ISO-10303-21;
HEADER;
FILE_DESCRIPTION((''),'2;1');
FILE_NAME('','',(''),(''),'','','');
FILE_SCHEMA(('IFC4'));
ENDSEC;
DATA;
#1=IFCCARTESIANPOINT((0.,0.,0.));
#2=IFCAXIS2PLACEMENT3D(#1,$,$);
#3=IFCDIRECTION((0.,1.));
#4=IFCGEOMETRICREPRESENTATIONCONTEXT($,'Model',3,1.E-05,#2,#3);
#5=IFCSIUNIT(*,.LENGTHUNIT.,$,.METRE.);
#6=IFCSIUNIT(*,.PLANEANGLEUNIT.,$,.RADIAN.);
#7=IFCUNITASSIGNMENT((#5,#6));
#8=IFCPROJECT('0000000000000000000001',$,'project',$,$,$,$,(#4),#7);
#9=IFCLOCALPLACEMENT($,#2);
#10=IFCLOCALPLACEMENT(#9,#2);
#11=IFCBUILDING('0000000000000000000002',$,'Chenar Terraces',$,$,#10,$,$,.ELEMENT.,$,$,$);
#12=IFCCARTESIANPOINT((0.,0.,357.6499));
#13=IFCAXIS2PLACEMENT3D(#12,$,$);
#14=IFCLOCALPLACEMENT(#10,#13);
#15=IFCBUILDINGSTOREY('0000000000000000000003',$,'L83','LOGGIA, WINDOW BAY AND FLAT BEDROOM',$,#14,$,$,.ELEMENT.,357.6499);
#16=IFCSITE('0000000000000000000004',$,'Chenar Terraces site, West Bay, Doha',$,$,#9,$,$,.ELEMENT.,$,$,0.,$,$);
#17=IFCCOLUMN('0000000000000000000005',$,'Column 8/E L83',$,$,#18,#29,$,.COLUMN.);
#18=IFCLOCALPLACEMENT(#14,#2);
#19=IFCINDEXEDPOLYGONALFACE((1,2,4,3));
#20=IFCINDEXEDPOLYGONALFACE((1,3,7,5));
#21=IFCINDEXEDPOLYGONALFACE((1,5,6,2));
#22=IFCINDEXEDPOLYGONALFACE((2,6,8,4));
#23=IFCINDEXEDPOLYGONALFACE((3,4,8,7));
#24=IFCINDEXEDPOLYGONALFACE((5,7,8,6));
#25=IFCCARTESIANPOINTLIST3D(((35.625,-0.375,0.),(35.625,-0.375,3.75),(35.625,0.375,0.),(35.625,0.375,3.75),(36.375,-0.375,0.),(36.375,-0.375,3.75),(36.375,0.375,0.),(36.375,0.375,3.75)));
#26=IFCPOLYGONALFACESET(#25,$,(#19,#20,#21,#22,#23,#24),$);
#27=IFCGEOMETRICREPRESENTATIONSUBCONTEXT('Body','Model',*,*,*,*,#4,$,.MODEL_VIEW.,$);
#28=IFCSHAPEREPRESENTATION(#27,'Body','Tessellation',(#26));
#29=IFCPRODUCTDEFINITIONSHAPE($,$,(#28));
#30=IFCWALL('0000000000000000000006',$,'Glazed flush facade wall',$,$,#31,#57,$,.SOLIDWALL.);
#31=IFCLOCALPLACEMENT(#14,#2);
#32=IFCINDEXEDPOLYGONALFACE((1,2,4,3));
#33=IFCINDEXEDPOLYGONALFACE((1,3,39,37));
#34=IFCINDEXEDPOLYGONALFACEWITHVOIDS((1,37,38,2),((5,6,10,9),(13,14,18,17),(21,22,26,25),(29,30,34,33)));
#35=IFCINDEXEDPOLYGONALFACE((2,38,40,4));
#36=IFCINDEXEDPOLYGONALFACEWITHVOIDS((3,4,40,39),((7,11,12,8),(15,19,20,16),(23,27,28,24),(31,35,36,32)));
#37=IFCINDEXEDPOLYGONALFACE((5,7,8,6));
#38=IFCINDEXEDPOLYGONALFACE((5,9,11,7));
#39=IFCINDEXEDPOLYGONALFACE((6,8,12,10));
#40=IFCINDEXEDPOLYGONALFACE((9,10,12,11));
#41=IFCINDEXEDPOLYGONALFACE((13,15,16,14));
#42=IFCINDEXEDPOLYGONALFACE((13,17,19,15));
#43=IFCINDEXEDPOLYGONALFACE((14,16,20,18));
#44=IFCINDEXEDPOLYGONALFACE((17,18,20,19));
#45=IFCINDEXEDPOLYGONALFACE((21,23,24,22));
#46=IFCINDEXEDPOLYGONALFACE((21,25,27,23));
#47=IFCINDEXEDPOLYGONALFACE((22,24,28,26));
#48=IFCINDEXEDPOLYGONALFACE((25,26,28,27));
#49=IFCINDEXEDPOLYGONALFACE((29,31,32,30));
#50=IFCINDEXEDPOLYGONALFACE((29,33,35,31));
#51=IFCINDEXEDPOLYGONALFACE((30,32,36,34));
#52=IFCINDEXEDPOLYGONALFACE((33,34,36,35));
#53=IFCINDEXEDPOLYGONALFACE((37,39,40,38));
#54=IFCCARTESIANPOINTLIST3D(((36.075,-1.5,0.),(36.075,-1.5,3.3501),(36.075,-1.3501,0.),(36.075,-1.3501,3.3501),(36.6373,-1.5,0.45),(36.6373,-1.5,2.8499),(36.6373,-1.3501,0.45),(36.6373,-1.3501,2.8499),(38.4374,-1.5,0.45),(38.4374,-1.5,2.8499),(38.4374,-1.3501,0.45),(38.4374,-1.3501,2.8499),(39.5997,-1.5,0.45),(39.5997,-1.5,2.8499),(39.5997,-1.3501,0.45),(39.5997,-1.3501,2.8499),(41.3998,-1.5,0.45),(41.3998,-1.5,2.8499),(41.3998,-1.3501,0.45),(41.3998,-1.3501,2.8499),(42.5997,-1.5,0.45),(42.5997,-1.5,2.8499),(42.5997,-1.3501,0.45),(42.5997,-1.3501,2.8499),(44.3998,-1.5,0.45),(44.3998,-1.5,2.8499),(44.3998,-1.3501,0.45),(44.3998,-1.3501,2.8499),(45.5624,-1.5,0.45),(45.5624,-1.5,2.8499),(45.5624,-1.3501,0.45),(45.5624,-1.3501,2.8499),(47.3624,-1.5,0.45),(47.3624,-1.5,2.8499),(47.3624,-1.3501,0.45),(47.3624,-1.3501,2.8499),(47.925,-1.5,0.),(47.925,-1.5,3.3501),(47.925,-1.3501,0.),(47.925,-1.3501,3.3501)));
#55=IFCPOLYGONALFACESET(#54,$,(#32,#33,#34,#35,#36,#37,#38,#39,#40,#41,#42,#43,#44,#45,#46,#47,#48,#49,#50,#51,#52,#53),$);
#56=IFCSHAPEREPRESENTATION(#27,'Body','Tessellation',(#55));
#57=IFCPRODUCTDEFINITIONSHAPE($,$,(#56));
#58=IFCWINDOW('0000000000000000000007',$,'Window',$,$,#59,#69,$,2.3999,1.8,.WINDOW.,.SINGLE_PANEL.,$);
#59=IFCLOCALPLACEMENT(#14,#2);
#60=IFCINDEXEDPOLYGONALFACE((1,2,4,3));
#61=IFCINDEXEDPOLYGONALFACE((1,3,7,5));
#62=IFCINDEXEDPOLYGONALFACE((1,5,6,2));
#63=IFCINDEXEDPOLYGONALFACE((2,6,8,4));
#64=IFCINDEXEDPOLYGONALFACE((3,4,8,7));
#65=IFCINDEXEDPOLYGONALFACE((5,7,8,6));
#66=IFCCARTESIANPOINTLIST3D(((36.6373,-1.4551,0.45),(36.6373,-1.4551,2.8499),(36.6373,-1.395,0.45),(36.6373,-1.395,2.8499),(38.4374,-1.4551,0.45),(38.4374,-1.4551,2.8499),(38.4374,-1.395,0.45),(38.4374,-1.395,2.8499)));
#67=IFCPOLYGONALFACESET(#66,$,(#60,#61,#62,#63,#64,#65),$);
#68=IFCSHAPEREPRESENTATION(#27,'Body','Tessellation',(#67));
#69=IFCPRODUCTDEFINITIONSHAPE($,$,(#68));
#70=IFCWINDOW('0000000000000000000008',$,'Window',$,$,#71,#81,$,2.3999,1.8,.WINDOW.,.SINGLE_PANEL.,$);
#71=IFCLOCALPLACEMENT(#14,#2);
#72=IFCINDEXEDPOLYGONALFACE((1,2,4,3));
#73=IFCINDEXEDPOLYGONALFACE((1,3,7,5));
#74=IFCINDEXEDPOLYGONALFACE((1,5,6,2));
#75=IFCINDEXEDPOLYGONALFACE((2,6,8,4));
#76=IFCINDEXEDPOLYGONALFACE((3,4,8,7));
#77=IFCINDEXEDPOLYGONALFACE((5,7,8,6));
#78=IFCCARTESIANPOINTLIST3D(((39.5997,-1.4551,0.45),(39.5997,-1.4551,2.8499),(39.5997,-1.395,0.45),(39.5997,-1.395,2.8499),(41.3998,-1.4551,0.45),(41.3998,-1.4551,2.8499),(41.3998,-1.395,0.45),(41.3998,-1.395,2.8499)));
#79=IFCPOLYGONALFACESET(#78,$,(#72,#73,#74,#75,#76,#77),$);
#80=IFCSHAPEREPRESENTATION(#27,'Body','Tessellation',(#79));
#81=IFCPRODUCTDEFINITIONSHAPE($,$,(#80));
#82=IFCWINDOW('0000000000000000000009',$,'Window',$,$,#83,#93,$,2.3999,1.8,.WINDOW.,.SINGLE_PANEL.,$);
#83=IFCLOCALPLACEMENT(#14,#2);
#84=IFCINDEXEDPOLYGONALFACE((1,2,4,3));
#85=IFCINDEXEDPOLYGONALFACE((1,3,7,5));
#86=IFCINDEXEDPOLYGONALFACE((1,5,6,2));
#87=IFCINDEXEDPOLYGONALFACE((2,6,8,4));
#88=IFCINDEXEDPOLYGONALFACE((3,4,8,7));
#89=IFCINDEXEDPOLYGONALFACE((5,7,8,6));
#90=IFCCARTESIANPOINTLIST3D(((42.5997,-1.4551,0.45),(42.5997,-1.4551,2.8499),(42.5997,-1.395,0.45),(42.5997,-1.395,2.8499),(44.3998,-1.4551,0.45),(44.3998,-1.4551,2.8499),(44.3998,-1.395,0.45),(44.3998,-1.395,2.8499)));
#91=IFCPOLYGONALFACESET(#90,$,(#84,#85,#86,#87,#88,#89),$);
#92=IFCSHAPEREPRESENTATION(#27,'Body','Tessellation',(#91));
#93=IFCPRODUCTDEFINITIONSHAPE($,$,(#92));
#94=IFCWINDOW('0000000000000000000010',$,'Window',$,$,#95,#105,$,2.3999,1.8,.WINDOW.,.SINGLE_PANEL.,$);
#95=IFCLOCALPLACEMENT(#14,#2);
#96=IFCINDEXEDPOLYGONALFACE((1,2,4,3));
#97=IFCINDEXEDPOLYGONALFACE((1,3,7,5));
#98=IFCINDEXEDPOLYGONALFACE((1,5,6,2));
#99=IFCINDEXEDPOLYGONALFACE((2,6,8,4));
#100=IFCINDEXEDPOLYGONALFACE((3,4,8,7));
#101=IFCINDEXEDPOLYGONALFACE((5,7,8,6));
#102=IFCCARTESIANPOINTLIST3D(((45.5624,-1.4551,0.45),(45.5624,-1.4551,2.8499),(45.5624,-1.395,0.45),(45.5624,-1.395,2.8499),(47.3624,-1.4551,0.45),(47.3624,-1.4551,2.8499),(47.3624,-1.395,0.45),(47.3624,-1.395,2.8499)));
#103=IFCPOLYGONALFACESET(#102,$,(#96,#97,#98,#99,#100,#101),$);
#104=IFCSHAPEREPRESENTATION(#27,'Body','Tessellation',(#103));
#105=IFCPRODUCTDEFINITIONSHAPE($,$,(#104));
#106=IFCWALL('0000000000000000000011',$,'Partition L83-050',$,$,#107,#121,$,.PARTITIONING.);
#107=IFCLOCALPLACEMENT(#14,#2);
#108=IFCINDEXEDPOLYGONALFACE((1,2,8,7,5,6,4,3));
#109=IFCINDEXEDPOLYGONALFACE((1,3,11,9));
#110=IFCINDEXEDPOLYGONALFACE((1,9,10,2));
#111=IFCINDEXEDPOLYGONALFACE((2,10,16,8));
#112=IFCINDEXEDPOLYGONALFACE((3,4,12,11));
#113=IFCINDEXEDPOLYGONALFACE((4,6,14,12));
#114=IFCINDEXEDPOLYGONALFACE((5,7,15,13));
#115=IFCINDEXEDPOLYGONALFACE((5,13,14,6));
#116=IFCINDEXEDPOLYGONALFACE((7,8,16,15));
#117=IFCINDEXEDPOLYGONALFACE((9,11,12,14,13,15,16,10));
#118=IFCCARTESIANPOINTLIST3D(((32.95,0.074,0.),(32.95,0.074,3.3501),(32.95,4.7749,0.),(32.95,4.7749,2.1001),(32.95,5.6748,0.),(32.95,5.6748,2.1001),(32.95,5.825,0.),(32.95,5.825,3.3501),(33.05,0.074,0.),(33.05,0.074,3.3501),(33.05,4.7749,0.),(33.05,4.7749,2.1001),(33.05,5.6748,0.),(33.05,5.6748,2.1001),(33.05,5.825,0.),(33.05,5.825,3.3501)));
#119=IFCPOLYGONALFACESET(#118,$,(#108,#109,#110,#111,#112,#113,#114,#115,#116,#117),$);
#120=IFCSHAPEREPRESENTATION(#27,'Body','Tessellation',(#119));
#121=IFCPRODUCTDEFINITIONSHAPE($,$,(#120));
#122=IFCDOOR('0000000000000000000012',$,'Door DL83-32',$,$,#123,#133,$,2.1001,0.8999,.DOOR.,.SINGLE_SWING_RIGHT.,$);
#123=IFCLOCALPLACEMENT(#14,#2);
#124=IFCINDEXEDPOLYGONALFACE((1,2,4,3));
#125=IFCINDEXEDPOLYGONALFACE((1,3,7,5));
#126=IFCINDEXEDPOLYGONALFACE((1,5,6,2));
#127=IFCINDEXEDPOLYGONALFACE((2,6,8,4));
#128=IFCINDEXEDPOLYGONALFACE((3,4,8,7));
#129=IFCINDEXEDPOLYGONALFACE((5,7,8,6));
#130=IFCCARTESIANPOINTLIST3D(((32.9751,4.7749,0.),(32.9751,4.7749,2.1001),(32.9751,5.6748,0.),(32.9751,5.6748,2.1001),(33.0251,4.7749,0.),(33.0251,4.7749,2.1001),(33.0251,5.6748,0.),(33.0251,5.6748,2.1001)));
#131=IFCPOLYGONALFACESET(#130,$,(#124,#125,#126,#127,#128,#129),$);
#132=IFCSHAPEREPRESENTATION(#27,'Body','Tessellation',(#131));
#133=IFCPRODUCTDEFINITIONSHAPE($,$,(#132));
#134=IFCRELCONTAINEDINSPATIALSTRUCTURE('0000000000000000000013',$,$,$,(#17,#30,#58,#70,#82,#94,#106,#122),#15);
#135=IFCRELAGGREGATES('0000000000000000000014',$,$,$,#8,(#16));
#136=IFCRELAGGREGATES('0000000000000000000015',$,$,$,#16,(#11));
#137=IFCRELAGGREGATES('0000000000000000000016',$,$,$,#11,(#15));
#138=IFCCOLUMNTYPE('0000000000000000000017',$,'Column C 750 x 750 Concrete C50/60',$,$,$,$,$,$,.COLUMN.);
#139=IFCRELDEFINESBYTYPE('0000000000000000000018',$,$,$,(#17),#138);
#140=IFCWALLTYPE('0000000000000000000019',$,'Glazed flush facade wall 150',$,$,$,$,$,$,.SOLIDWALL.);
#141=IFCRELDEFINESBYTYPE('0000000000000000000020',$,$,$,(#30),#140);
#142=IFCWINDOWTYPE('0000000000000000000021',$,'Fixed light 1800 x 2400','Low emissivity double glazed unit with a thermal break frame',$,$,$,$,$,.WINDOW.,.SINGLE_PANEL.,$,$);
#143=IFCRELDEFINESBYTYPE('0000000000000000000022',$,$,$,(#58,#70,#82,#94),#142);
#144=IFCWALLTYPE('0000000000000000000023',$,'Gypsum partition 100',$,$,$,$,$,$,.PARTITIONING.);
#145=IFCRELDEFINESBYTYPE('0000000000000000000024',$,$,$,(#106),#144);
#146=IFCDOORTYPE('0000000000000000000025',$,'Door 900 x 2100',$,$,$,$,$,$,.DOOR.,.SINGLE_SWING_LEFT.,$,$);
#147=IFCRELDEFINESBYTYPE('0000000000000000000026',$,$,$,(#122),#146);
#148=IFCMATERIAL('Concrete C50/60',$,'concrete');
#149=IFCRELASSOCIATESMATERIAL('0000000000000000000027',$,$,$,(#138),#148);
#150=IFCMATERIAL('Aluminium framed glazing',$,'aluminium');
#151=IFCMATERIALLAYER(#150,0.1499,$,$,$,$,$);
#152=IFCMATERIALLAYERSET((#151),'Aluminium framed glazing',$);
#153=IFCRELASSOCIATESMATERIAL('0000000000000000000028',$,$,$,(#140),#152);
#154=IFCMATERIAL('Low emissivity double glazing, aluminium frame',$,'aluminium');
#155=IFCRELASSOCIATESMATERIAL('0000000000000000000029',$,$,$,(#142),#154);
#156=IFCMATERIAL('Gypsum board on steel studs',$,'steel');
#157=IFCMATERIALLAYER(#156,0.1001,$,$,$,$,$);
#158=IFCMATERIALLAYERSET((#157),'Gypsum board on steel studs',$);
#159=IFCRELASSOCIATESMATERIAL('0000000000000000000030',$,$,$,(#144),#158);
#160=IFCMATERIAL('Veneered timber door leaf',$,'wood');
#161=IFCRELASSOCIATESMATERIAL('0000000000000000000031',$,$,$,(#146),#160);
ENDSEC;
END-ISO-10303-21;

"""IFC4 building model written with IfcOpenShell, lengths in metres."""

from ifc_helpers import new_model, si_unit, direction, frame, frame_2d, origin, origin_2d, place, context, subcontext, project, spatial, rectangle, extrude, material, layer, layer_set, material_profile, profile_set, type_object, element, fill, save


model = new_model("IFC4")

# Units and contexts
model_context = context("Model", 3, precision=1e-05, world=origin(), true_north=direction((0.0, 1.0)))
body_context = subcontext(model_context, "Body", "Model", "MODEL_VIEW")
ifc_project = project(units=[si_unit("LENGTHUNIT", "METRE"), si_unit("PLANEANGLEUNIT", "RADIAN")], contexts=[model_context])

# Site, building, storey
site_placement = place(None, origin())
site = spatial("IfcSite", under=ifc_project, at=site_placement, Name="Chenar Terraces site, West Bay, Doha", CompositionType="ELEMENT", RefElevation=0.0)
building_placement = place(site_placement, origin())
building = spatial("IfcBuilding", under=site, at=building_placement, Name="Chenar Terraces", CompositionType="ELEMENT")
storey_placement = place(building_placement, frame((0.0, 0.0, 357.6499)))
storey = spatial("IfcBuildingStorey", under=building, at=storey_placement, Name="L83", Description="LOGGIA, WINDOW BAY AND FLAT BEDROOM", CompositionType="ELEMENT", Elevation=357.6499)

# Column
ifc_material_1 = material(Name="Concrete C50/60", Category="concrete")
ifc_material_profile = material_profile(ifc_material_1, rectangle(XDim=0.75, YDim=0.75, at=origin_2d()), Name="C 750 x 750")
ifc_profile_set = profile_set([ifc_material_profile], Name="Concrete C50/60")
column_type = type_object("IfcColumnType", Name="Column C 750 x 750 Concrete C50/60", PredefinedType="COLUMN", material=ifc_profile_set)
column_placement = place(storey_placement, frame((36.0, 0.0, 0.0), z_axis=(0.0, 0.0, 1.0), x_axis=(1.0, 0.0, 0.0)))
element("IfcColumn", 1, at=column_placement, inside=storey, type_object=column_type, Name="Column 8/E L83", PredefinedType="COLUMN", context=body_context, shape_type="SweptSolid", body=[
    extrude(rectangle(XDim=0.75, YDim=0.75, at=origin_2d()), origin(), (0.0, 0.0, 1.0), 3.75),
])

# Wall, openings, windows
ifc_material_2 = material(Name="Aluminium framed glazing", Category="aluminium")
ifc_layer_1 = layer(ifc_material_2, 0.1499)
ifc_layer_set_1 = layer_set([ifc_layer_1], Name="Aluminium framed glazing")
wall_type_1 = type_object("IfcWallType", Name="Glazed flush facade wall 150", PredefinedType="SOLIDWALL", material=ifc_layer_set_1)
wall_1_placement = place(storey_placement, frame((36.075, -1.425, 0.0), z_axis=(0.0, 0.0, 1.0), x_axis=(1.0, 0.0, 0.0)))
wall_1 = element("IfcWall", 2, at=wall_1_placement, inside=storey, type_object=wall_type_1, Name="Glazed flush facade wall", PredefinedType="SOLIDWALL", context=body_context, shape_type="SweptSolid", body=[
    extrude(rectangle(XDim=11.8501, YDim=0.1499, at=frame_2d((5.925, 0.0))), origin(), (0.0, 0.0, 1.0), 3.3501),
])
opening_1_placement = place(wall_1_placement, frame((0.5625, 0.0, 0.45)))
opening_1 = element("IfcOpeningElement", 3, at=opening_1_placement, cuts=wall_1, PredefinedType="OPENING", context=body_context, shape_type="SweptSolid", body=[
    extrude(rectangle(XDim=1.8, YDim=2.3999, at=frame_2d((0.8999, 1.2))), frame((0.0, 0.085, 0.0), z_axis=(0.0, -1.0, 0.0), x_axis=(1.0, 0.0, 0.0)), (0.0, 0.0, 1.0), 0.1699),
])
opening_2_placement = place(wall_1_placement, frame((3.5249, 0.0, 0.45)))
opening_2 = element("IfcOpeningElement", 4, at=opening_2_placement, cuts=wall_1, PredefinedType="OPENING", context=body_context, shape_type="SweptSolid", body=[
    extrude(rectangle(XDim=1.8, YDim=2.3999, at=frame_2d((0.8999, 1.2))), frame((0.0, 0.085, 0.0), z_axis=(0.0, -1.0, 0.0), x_axis=(1.0, 0.0, 0.0)), (0.0, 0.0, 1.0), 0.1699),
])
opening_3_placement = place(wall_1_placement, frame((6.5249, 0.0, 0.45)))
opening_3 = element("IfcOpeningElement", 5, at=opening_3_placement, cuts=wall_1, PredefinedType="OPENING", context=body_context, shape_type="SweptSolid", body=[
    extrude(rectangle(XDim=1.8, YDim=2.3999, at=frame_2d((0.8999, 1.2))), frame((0.0, 0.085, 0.0), z_axis=(0.0, -1.0, 0.0), x_axis=(1.0, 0.0, 0.0)), (0.0, 0.0, 1.0), 0.1699),
])
opening_4_placement = place(wall_1_placement, frame((9.4875, 0.0, 0.45)))
opening_4 = element("IfcOpeningElement", 6, at=opening_4_placement, cuts=wall_1, PredefinedType="OPENING", context=body_context, shape_type="SweptSolid", body=[
    extrude(rectangle(XDim=1.8, YDim=2.3999, at=frame_2d((0.8999, 1.2))), frame((0.0, 0.085, 0.0), z_axis=(0.0, -1.0, 0.0), x_axis=(1.0, 0.0, 0.0)), (0.0, 0.0, 1.0), 0.1699),
])
ifc_material_3 = material(Name="Low emissivity double glazing, aluminium frame", Category="aluminium")
window_type = type_object("IfcWindowType", Name="Fixed light 1800 x 2400", Description="Low emissivity double glazed unit with a thermal break frame", PartitioningType="SINGLE_PANEL", PredefinedType="WINDOW", material=ifc_material_3)
window_1_placement = place(opening_1_placement, origin())
window_1 = element("IfcWindow", 7, at=window_1_placement, inside=storey, type_object=window_type, Name="Window", OverallHeight=2.3999, OverallWidth=1.8, PartitioningType="SINGLE_PANEL", PredefinedType="WINDOW", context=body_context, shape_type="SweptSolid", body=[
    extrude(rectangle(XDim=1.8, YDim=2.3999, at=frame_2d((0.8999, 1.2))), frame((0.0, 0.03, 0.0), z_axis=(0.0, -1.0, 0.0), x_axis=(1.0, 0.0, 0.0)), (0.0, 0.0, 1.0), 0.0601),
])
fill(opening_1, window_1)
window_2_placement = place(opening_2_placement, origin())
window_2 = element("IfcWindow", 8, at=window_2_placement, inside=storey, type_object=window_type, Name="Window", OverallHeight=2.3999, OverallWidth=1.8, PartitioningType="SINGLE_PANEL", PredefinedType="WINDOW", context=body_context, shape_type="SweptSolid", body=[
    extrude(rectangle(XDim=1.8, YDim=2.3999, at=frame_2d((0.8999, 1.2))), frame((0.0, 0.03, 0.0), z_axis=(0.0, -1.0, 0.0), x_axis=(1.0, 0.0, 0.0)), (0.0, 0.0, 1.0), 0.0601),
])
fill(opening_2, window_2)
window_3_placement = place(opening_3_placement, origin())
window_3 = element("IfcWindow", 9, at=window_3_placement, inside=storey, type_object=window_type, Name="Window", OverallHeight=2.3999, OverallWidth=1.8, PartitioningType="SINGLE_PANEL", PredefinedType="WINDOW", context=body_context, shape_type="SweptSolid", body=[
    extrude(rectangle(XDim=1.8, YDim=2.3999, at=frame_2d((0.8999, 1.2))), frame((0.0, 0.03, 0.0), z_axis=(0.0, -1.0, 0.0), x_axis=(1.0, 0.0, 0.0)), (0.0, 0.0, 1.0), 0.0601),
])
fill(opening_3, window_3)
window_4_placement = place(opening_4_placement, origin())
window_4 = element("IfcWindow", 10, at=window_4_placement, inside=storey, type_object=window_type, Name="Window", OverallHeight=2.3999, OverallWidth=1.8, PartitioningType="SINGLE_PANEL", PredefinedType="WINDOW", context=body_context, shape_type="SweptSolid", body=[
    extrude(rectangle(XDim=1.8, YDim=2.3999, at=frame_2d((0.8999, 1.2))), frame((0.0, 0.03, 0.0), z_axis=(0.0, -1.0, 0.0), x_axis=(1.0, 0.0, 0.0)), (0.0, 0.0, 1.0), 0.0601),
])
fill(opening_4, window_4)

# Wall, opening, door
ifc_material_4 = material(Name="Gypsum board on steel studs", Category="steel")
ifc_layer_2 = layer(ifc_material_4, 0.1001)
ifc_layer_set_2 = layer_set([ifc_layer_2], Name="Gypsum board on steel studs")
wall_type_2 = type_object("IfcWallType", Name="Gypsum partition 100", PredefinedType="PARTITIONING", material=ifc_layer_set_2)
wall_2_placement = place(storey_placement, frame((33.0, 0.074, 0.0), z_axis=(0.0, 0.0, 1.0), x_axis=(0.0, 1.0, 0.0)))
wall_2 = element("IfcWall", 11, at=wall_2_placement, inside=storey, type_object=wall_type_2, Name="Partition L83-050", PredefinedType="PARTITIONING", context=body_context, shape_type="SweptSolid", body=[
    extrude(rectangle(XDim=5.751, YDim=0.1001, at=frame_2d((2.8755, 0.0))), origin(), (0.0, 0.0, 1.0), 3.3501),
])
opening_5_placement = place(wall_2_placement, frame((4.7009, 0.0, 0.0)))
opening_5 = element("IfcOpeningElement", 12, at=opening_5_placement, cuts=wall_2, PredefinedType="OPENING", context=body_context, shape_type="SweptSolid", body=[
    extrude(rectangle(XDim=0.8999, YDim=2.1001, at=frame_2d((0.45, 1.05))), frame((0.0, 0.0601, 0.0), z_axis=(0.0, -1.0, 0.0), x_axis=(1.0, 0.0, 0.0)), (0.0, 0.0, 1.0), 0.1201),
])
ifc_material_5 = material(Name="Veneered timber door leaf", Category="wood")
door_type = type_object("IfcDoorType", Name="Door 900 x 2100", OperationType="SINGLE_SWING_LEFT", PredefinedType="DOOR", material=ifc_material_5)
door_1_placement = place(opening_5_placement, origin())
door_1 = element("IfcDoor", 13, at=door_1_placement, inside=storey, type_object=door_type, Name="Door DL83-32", OperationType="SINGLE_SWING_RIGHT", OverallHeight=2.1001, OverallWidth=0.8999, PredefinedType="DOOR", context=body_context, shape_type="SweptSolid", body=[
    extrude(rectangle(XDim=0.8999, YDim=2.1001, at=frame_2d((0.45, 1.05))), frame((0.0, 0.0249, 0.0), z_axis=(0.0, -1.0, 0.0), x_axis=(1.0, 0.0, 0.0)), (0.0, 0.0, 1.0), 0.05),
])
fill(opening_5, door_1)

save(model, "model.ifc")
